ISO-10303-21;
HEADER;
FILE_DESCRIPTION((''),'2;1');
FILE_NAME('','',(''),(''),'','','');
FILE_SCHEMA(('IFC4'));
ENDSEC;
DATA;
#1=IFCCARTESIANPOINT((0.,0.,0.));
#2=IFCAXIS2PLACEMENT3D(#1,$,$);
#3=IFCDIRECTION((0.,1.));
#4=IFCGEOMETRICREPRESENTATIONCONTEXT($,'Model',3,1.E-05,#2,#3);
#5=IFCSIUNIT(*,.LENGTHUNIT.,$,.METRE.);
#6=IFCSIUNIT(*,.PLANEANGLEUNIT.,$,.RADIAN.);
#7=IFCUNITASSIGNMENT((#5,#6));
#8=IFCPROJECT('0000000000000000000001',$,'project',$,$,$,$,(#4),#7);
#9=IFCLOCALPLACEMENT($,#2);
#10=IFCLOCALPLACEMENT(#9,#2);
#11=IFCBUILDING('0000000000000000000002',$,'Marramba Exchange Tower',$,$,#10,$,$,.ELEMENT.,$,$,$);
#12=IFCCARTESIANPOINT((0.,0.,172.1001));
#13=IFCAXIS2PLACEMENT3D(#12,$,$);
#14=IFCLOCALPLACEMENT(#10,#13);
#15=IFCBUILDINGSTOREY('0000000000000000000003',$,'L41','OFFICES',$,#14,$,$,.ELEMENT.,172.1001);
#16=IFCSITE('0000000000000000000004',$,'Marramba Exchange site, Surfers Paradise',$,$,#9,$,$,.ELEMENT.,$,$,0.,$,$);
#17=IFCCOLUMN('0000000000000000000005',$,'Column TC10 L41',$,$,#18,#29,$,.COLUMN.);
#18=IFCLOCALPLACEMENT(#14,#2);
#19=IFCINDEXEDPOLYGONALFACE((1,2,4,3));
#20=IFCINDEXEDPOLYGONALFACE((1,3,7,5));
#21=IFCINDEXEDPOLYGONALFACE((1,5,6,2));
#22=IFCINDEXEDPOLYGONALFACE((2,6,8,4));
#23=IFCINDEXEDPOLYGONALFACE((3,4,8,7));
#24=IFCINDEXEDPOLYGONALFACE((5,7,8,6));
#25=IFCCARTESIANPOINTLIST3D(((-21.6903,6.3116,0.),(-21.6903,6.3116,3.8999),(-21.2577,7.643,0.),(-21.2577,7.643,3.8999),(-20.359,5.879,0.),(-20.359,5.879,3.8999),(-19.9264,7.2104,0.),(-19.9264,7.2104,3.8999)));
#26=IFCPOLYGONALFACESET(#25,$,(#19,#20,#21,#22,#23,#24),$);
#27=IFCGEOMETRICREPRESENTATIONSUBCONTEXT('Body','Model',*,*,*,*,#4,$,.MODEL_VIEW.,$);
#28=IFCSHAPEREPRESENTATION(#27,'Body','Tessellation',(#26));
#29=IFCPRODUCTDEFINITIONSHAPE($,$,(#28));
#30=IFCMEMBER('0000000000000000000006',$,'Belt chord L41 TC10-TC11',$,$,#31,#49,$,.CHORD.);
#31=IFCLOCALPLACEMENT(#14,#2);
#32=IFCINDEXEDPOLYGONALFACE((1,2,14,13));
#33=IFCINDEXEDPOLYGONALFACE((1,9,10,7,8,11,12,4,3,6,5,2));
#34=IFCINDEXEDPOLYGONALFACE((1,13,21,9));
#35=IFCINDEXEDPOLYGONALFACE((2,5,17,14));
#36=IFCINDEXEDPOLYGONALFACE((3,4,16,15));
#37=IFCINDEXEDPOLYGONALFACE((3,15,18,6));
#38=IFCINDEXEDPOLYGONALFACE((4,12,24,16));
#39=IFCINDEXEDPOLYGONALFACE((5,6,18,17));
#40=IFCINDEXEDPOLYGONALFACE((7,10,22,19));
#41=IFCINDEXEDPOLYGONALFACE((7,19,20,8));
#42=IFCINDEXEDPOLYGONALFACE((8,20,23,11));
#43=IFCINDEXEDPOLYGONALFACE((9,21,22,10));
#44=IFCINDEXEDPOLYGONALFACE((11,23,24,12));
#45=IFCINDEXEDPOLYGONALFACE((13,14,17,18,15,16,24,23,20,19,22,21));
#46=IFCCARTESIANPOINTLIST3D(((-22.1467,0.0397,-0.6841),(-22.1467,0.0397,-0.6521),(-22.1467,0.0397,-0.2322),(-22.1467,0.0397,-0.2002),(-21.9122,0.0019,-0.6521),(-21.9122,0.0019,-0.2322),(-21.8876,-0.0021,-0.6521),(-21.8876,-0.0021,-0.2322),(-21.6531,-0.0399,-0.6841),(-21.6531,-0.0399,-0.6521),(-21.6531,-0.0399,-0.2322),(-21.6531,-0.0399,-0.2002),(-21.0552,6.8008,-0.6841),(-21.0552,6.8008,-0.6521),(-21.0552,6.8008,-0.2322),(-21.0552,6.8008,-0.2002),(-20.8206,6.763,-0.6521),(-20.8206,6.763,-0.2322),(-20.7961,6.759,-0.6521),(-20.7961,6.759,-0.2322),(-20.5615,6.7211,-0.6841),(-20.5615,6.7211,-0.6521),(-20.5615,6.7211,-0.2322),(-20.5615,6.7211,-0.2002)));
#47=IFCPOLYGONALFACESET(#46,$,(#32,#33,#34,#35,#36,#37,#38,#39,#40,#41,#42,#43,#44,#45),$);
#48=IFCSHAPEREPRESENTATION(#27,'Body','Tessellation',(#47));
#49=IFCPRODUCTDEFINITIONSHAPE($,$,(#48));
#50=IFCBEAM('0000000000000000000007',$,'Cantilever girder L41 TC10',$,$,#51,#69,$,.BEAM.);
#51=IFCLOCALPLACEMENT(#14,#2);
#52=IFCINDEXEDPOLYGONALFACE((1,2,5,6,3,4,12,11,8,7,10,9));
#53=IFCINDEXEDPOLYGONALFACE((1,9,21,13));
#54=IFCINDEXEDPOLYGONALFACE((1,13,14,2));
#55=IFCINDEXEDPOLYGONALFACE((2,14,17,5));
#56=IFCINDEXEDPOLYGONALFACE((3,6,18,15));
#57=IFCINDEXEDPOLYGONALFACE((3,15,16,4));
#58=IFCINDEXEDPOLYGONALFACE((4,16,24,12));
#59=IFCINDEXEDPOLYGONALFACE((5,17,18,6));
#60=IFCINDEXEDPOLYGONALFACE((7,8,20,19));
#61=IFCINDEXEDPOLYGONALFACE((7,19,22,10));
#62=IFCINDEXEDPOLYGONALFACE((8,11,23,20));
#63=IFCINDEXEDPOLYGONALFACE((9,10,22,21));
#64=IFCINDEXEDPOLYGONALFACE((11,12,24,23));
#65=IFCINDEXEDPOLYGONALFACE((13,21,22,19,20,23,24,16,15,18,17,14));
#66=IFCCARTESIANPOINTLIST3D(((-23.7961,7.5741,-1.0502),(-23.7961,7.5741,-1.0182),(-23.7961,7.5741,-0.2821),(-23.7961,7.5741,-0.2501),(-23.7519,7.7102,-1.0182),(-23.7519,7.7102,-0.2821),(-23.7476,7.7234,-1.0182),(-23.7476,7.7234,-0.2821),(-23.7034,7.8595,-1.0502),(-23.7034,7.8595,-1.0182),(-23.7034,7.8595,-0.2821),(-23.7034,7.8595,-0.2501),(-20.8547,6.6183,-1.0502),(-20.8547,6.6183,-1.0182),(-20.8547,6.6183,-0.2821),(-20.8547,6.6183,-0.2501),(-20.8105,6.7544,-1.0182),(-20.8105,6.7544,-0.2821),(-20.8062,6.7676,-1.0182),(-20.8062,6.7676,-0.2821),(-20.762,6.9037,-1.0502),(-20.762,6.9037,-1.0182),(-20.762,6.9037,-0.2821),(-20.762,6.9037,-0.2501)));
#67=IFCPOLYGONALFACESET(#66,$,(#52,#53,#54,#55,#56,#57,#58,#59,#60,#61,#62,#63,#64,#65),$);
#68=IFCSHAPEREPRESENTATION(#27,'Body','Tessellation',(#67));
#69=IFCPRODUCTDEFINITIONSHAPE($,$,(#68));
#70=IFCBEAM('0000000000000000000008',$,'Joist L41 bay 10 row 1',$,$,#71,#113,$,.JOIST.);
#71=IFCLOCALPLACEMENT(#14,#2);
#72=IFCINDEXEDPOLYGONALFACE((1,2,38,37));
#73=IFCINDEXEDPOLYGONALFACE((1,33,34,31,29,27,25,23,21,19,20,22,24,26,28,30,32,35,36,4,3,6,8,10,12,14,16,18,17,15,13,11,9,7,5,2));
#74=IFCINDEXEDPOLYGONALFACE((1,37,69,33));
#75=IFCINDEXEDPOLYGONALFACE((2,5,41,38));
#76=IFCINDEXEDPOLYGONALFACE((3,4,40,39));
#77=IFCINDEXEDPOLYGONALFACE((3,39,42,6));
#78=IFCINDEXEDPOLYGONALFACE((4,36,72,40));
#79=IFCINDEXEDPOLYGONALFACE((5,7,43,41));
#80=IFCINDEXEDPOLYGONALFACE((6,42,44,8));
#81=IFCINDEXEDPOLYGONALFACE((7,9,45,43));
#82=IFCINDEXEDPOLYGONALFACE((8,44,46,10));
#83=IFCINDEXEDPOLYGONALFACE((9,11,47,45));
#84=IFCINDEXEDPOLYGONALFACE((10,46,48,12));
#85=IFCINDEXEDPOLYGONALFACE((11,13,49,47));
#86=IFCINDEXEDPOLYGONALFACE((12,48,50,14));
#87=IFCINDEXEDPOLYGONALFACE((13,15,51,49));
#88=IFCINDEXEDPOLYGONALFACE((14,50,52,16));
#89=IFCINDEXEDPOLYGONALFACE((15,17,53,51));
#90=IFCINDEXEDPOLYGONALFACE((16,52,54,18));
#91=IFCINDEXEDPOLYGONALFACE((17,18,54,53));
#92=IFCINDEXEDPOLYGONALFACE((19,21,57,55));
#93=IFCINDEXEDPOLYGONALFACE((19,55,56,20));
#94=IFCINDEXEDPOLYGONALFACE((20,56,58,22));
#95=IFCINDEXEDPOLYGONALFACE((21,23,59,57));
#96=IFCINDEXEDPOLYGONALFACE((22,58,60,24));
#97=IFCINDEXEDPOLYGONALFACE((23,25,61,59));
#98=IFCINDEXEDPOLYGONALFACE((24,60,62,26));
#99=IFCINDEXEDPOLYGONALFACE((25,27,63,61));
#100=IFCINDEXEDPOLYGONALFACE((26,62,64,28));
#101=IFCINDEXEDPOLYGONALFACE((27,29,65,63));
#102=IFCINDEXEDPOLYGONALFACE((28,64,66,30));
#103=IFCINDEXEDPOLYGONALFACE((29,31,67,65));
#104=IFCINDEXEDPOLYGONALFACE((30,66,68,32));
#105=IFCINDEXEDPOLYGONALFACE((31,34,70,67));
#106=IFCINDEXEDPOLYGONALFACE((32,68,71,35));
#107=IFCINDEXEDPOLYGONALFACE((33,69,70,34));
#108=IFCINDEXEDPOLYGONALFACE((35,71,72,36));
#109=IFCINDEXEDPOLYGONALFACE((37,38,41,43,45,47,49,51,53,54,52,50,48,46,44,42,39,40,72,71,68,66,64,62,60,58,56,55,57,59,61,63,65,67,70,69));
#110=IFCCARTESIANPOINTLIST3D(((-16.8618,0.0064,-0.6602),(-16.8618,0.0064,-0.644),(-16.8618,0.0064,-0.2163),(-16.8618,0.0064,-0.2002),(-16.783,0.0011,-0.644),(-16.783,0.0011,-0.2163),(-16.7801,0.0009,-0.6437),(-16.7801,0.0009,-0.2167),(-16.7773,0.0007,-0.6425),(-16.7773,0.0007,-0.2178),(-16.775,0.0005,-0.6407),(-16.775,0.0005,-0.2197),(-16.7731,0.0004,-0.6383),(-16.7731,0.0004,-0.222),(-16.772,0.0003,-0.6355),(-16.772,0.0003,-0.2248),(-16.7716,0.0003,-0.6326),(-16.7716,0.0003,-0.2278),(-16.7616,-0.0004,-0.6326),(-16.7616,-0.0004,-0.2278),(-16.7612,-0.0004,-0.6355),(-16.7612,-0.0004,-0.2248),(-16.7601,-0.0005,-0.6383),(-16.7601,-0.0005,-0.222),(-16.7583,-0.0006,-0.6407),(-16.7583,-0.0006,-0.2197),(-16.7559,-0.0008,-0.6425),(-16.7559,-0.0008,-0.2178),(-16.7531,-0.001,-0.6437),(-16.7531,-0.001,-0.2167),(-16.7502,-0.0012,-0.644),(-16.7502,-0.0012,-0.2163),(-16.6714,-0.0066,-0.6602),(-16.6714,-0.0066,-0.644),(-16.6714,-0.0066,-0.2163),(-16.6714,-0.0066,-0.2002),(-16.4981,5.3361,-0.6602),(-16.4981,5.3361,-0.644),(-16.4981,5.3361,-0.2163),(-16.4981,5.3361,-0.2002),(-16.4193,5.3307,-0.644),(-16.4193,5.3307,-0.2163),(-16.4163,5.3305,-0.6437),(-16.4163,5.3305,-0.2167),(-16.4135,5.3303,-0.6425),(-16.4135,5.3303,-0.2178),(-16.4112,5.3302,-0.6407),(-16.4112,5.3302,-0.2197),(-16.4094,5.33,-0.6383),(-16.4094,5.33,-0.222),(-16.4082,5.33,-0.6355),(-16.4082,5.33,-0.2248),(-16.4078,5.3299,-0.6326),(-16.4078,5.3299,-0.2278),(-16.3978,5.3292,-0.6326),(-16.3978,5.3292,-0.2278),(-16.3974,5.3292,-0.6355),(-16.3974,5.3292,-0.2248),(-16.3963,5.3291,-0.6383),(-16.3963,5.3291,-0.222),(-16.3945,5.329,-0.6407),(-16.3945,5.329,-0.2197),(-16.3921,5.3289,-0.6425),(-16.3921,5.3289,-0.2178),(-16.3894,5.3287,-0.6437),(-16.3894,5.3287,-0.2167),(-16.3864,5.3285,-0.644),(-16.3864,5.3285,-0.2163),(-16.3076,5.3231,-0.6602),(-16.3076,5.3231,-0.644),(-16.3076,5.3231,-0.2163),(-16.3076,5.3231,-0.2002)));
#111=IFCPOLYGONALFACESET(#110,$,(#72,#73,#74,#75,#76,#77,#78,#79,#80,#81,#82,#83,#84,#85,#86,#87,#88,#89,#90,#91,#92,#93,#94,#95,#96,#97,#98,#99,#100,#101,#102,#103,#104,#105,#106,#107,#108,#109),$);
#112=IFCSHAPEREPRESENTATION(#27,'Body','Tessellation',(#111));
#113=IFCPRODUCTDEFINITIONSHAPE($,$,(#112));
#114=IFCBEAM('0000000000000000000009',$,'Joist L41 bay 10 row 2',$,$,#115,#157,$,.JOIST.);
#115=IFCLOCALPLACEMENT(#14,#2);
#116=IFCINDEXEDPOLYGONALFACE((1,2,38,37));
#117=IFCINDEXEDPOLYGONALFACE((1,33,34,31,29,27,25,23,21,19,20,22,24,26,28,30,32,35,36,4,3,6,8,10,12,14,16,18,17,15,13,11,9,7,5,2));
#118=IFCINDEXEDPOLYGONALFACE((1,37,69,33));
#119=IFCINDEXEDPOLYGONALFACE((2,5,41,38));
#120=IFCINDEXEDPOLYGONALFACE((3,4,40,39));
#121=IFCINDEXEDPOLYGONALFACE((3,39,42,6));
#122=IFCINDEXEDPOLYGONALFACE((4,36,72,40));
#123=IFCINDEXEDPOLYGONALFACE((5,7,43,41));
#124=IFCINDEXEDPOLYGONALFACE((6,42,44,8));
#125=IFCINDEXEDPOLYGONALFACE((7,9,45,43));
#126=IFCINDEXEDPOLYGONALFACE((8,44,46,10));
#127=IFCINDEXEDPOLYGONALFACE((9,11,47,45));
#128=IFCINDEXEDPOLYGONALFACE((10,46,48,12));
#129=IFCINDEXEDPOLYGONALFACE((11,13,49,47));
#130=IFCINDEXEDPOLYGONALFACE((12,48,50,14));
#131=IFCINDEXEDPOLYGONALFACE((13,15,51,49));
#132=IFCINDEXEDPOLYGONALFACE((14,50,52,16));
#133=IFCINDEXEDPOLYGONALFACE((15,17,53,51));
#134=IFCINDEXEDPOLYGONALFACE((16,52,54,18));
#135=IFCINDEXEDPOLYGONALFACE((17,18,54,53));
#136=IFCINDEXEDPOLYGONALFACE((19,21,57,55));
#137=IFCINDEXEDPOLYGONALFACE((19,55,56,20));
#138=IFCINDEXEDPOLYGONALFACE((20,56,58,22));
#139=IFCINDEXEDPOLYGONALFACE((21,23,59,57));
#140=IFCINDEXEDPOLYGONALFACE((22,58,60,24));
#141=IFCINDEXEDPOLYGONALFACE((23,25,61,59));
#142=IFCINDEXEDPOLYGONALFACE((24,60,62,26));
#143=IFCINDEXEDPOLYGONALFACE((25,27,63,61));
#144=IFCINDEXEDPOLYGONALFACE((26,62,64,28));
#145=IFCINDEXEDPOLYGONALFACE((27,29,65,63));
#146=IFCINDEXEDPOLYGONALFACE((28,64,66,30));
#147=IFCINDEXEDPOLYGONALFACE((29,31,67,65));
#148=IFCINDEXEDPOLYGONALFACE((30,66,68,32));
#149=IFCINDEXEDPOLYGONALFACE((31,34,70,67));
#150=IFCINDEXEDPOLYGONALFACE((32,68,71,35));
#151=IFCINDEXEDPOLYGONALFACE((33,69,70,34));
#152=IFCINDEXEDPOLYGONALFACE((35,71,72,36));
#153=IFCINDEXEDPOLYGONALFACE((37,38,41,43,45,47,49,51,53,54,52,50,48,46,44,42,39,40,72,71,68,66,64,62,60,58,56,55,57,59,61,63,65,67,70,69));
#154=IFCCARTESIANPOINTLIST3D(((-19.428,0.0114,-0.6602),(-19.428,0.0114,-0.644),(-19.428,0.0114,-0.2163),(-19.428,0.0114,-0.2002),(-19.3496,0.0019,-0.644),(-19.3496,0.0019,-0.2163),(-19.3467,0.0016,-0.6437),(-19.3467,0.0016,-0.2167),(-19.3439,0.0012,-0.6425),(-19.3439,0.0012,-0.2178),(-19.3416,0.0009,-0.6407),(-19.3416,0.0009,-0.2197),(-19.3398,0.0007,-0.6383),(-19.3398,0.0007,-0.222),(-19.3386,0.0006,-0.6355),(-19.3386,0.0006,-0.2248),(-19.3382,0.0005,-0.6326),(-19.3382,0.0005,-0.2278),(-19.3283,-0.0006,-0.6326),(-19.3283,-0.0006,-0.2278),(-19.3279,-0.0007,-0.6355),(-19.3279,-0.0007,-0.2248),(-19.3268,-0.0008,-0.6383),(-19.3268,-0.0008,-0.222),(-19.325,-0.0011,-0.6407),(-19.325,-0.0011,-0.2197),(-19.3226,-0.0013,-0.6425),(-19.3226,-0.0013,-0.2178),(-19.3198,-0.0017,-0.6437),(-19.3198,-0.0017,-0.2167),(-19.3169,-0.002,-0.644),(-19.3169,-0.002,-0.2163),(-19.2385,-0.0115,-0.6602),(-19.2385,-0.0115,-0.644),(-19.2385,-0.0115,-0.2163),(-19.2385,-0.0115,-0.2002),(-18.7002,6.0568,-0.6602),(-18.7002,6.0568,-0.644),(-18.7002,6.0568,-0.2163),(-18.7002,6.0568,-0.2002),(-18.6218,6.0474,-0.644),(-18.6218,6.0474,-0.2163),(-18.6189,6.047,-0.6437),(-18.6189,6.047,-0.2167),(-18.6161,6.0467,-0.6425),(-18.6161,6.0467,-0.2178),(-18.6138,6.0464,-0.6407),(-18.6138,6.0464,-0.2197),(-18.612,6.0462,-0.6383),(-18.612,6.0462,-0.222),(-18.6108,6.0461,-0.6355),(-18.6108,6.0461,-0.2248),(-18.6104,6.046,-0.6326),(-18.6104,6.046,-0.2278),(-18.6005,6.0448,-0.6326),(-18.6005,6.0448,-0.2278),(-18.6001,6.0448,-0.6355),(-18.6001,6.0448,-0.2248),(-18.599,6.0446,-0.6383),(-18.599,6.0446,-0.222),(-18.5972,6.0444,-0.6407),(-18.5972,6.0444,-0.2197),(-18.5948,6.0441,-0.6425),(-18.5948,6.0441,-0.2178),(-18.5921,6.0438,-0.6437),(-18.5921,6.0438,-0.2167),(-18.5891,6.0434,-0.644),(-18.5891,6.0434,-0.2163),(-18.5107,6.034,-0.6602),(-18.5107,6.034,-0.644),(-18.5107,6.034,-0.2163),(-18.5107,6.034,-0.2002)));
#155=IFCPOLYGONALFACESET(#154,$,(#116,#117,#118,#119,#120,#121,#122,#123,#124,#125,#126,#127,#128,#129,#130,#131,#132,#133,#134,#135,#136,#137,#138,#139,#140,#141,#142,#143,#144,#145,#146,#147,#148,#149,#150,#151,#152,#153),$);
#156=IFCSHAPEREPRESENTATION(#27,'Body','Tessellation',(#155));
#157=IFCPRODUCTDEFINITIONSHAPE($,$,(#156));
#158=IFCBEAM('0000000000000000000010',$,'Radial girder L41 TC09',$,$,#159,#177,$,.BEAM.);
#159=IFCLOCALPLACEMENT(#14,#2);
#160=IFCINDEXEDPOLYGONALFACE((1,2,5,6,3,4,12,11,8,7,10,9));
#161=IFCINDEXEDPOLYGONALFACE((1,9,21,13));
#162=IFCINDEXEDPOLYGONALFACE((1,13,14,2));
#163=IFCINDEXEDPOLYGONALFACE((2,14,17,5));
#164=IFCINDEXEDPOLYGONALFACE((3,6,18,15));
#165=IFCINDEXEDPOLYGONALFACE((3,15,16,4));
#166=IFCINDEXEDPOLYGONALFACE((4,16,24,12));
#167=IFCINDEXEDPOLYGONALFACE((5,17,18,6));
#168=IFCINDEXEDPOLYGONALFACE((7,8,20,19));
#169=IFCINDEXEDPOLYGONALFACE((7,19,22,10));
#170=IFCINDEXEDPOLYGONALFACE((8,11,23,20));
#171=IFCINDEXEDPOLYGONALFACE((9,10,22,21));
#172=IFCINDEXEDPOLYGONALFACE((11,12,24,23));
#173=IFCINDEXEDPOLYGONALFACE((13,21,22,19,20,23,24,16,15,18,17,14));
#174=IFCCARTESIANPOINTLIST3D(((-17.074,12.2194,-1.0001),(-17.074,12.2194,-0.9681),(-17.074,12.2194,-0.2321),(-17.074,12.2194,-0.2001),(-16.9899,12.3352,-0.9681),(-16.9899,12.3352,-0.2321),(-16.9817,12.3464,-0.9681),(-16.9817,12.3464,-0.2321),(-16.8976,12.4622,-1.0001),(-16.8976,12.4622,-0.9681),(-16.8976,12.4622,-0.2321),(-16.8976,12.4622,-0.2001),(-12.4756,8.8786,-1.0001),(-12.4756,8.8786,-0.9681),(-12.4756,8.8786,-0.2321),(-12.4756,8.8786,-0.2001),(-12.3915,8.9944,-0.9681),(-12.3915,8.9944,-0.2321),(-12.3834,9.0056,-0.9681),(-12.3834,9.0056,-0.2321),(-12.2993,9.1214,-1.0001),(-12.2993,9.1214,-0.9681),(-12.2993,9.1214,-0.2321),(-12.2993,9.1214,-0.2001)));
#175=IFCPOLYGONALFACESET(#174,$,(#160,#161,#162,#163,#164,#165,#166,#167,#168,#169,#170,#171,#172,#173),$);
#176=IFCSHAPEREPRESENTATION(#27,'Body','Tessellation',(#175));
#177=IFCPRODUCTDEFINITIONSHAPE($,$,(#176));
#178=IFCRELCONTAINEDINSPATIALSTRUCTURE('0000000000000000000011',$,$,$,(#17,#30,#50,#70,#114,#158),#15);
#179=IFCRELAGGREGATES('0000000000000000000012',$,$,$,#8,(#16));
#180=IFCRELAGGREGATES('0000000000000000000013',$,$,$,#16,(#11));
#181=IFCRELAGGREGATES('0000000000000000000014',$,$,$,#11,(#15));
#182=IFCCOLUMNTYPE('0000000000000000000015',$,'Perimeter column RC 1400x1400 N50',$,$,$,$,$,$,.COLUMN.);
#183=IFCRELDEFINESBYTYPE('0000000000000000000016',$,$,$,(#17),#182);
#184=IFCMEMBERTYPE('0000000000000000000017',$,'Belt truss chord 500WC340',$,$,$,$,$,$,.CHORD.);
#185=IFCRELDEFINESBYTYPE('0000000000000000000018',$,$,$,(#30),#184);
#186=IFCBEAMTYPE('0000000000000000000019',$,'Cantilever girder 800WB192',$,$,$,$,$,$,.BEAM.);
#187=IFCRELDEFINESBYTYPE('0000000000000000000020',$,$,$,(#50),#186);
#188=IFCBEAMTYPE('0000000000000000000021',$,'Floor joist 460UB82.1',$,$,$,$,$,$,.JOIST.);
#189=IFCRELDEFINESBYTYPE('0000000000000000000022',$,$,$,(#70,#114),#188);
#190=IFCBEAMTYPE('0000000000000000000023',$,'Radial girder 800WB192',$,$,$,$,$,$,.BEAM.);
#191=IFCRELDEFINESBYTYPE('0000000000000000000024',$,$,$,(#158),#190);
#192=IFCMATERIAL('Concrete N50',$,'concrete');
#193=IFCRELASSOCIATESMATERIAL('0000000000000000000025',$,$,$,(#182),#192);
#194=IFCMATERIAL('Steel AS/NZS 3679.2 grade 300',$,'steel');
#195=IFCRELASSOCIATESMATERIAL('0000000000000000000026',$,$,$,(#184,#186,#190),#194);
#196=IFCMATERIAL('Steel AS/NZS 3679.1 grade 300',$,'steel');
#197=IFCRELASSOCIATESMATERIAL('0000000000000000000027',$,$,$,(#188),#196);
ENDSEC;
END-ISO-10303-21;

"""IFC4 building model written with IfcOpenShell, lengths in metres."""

from ifc_helpers import new_model, si_unit, direction, frame, origin, origin_2d, place, context, subcontext, project, spatial, rectangle, i_section, extrude, material, material_profile, profile_set, type_object, element, save


model = new_model("IFC4")

# Units and contexts
model_context = context("Model", 3, precision=1e-05, world=origin(), true_north=direction((0.0, 1.0)))
body_context = subcontext(model_context, "Body", "Model", "MODEL_VIEW")
ifc_project = project(units=[si_unit("LENGTHUNIT", "METRE"), si_unit("PLANEANGLEUNIT", "RADIAN")], contexts=[model_context])

# Site, building, storey
site_placement = place(None, origin())
site = spatial("IfcSite", under=ifc_project, at=site_placement, Name="Marramba Exchange site, Surfers Paradise", CompositionType="ELEMENT", RefElevation=0.0)
building_placement = place(site_placement, origin())
building = spatial("IfcBuilding", under=site, at=building_placement, Name="Marramba Exchange Tower", CompositionType="ELEMENT")
storey_placement = place(building_placement, frame((0.0, 0.0, 172.1001)))
storey = spatial("IfcBuildingStorey", under=building, at=storey_placement, Name="L41", Description="OFFICES", CompositionType="ELEMENT", Elevation=172.1001)

# Column
ifc_material_1 = material(Name="Concrete N50", Category="concrete")
ifc_material_profile_1 = material_profile(ifc_material_1, rectangle(XDim=1.3999, YDim=1.3999, at=origin_2d()), Name="RC 1400x1400")
ifc_profile_set_1 = profile_set([ifc_material_profile_1], Name="Concrete N50")
column_type = type_object("IfcColumnType", Name="Perimeter column RC 1400x1400 N50", PredefinedType="COLUMN", material=ifc_profile_set_1)
column_placement = place(storey_placement, frame((-20.8083, 6.761, 0.0), z_axis=(0.0, 0.0, 1.0), x_axis=(-0.951057, 0.309017, 0.0)))
element("IfcColumn", 1, at=column_placement, inside=storey, type_object=column_type, Name="Column TC10 L41", PredefinedType="COLUMN", context=body_context, shape_type="SweptSolid", body=[
    extrude(rectangle(XDim=1.3999, YDim=1.3999, at=origin_2d()), origin(), (0.0, 0.0, 1.0), 3.8999),
])

# Member
ifc_material_2 = material(Name="Steel AS/NZS 3679.2 grade 300", Category="steel")
ifc_material_profile_2 = material_profile(ifc_material_2, i_section(OverallWidth=0.5, OverallDepth=0.4839, WebThickness=0.0249, FlangeThickness=0.032, at=origin_2d()), Name="500WC340")
ifc_profile_set_2 = profile_set([ifc_material_profile_2], Name="Steel AS/NZS 3679.2 grade 300")
member_type = type_object("IfcMemberType", Name="Belt truss chord 500WC340", PredefinedType="CHORD", material=ifc_profile_set_2)
member_placement = place(storey_placement, frame((-20.8083, 6.761, -0.4421), z_axis=(-0.159385, -0.987217, 0.0), x_axis=(0.987217, -0.159385, 0.0)))
element("IfcMember", 2, at=member_placement, inside=storey, type_object=member_type, Name="Belt chord L41 TC10-TC11", PredefinedType="CHORD", context=body_context, shape_type="SweptSolid", body=[
    extrude(i_section(OverallWidth=0.5, OverallDepth=0.4839, WebThickness=0.0249, FlangeThickness=0.032, at=origin_2d()), origin(), (0.0, 0.0, 1.0), 6.8486),
])

# Beams
ifc_material_profile_3 = material_profile(ifc_material_2, i_section(OverallWidth=0.3, OverallDepth=0.8, WebThickness=0.0139, FlangeThickness=0.032, at=origin_2d()), Name="800WB192")
ifc_profile_set_3 = profile_set([ifc_material_profile_3], Name="Steel AS/NZS 3679.2 grade 300")
beam_type_1 = type_object("IfcBeamType", Name="Cantilever girder 800WB192", PredefinedType="BEAM", material=ifc_profile_set_3)
beam_1_placement = place(storey_placement, frame((-20.8083, 6.761, -0.6501), z_axis=(-0.951048, 0.309043, 0.0), x_axis=(-0.309043, -0.951048, 0.0)))
element("IfcBeam", 3, at=beam_1_placement, inside=storey, type_object=beam_type_1, Name="Cantilever girder L41 TC10", PredefinedType="BEAM", context=body_context, shape_type="SweptSolid", body=[
    extrude(i_section(OverallWidth=0.3, OverallDepth=0.8, WebThickness=0.0139, FlangeThickness=0.032, at=origin_2d()), origin(), (0.0, 0.0, 1.0), 3.0928),
])
ifc_material_3 = material(Name="Steel AS/NZS 3679.1 grade 300", Category="steel")
ifc_material_profile_4 = material_profile(ifc_material_3, i_section(OverallWidth=0.1909, OverallDepth=0.46, WebThickness=0.01, FlangeThickness=0.0161, FilletRadius=0.0115, at=origin_2d()), Name="460UB82.1")
ifc_profile_set_4 = profile_set([ifc_material_profile_4], Name="Steel AS/NZS 3679.1 grade 300")
beam_type_2 = type_object("IfcBeamType", Name="Floor joist 460UB82.1", PredefinedType="JOIST", material=ifc_profile_set_4)
beam_2_placement = place(storey_placement, frame((-16.4028, 5.3296, -0.4302), z_axis=(-0.068096, -0.997679, 0.0), x_axis=(0.997679, -0.068096, 0.0)))
element("IfcBeam", 4, at=beam_2_placement, inside=storey, type_object=beam_type_2, Name="Joist L41 bay 10 row 1", PredefinedType="JOIST", context=body_context, shape_type="SweptSolid", body=[
    extrude(i_section(OverallWidth=0.1909, OverallDepth=0.46, WebThickness=0.01, FlangeThickness=0.0161, FilletRadius=0.0115, at=origin_2d()), origin(), (0.0, 0.0, 1.0), 5.342),
])
beam_3_placement = place(storey_placement, frame((-18.6055, 6.0454, -0.4302), z_axis=(-0.119523, -0.992831, 0.0), x_axis=(0.992831, -0.119523, 0.0)))
element("IfcBeam", 5, at=beam_3_placement, inside=storey, type_object=beam_type_2, Name="Joist L41 bay 10 row 2", PredefinedType="JOIST", context=body_context, shape_type="SweptSolid", body=[
    extrude(i_section(OverallWidth=0.1909, OverallDepth=0.46, WebThickness=0.01, FlangeThickness=0.0161, FilletRadius=0.0115, at=origin_2d()), origin(), (0.0, 0.0, 1.0), 6.0891),
])
ifc_material_profile_5 = material_profile(ifc_material_2, i_section(OverallWidth=0.3, OverallDepth=0.8, WebThickness=0.0139, FlangeThickness=0.032, at=origin_2d()), Name="800WB192")
ifc_profile_set_5 = profile_set([ifc_material_profile_5], Name="Steel AS/NZS 3679.2 grade 300")
beam_type_3 = type_object("IfcBeamType", Name="Radial girder 800WB192", PredefinedType="BEAM", material=ifc_profile_set_5)
beam_4_placement = place(storey_placement, frame((-12.3875, 9.0, -0.6001), z_axis=(-0.809026, 0.587773, 0.0), x_axis=(-0.587773, -0.809026, 0.0)))
element("IfcBeam", 6, at=beam_4_placement, inside=storey, type_object=beam_type_3, Name="Radial girder L41 TC09", PredefinedType="BEAM", context=body_context, shape_type="SweptSolid", body=[
    extrude(i_section(OverallWidth=0.3, OverallDepth=0.8, WebThickness=0.0139, FlangeThickness=0.032, at=origin_2d()), origin(), (0.0, 0.0, 1.0), 5.6838),
])

save(model, "model.ifc")
